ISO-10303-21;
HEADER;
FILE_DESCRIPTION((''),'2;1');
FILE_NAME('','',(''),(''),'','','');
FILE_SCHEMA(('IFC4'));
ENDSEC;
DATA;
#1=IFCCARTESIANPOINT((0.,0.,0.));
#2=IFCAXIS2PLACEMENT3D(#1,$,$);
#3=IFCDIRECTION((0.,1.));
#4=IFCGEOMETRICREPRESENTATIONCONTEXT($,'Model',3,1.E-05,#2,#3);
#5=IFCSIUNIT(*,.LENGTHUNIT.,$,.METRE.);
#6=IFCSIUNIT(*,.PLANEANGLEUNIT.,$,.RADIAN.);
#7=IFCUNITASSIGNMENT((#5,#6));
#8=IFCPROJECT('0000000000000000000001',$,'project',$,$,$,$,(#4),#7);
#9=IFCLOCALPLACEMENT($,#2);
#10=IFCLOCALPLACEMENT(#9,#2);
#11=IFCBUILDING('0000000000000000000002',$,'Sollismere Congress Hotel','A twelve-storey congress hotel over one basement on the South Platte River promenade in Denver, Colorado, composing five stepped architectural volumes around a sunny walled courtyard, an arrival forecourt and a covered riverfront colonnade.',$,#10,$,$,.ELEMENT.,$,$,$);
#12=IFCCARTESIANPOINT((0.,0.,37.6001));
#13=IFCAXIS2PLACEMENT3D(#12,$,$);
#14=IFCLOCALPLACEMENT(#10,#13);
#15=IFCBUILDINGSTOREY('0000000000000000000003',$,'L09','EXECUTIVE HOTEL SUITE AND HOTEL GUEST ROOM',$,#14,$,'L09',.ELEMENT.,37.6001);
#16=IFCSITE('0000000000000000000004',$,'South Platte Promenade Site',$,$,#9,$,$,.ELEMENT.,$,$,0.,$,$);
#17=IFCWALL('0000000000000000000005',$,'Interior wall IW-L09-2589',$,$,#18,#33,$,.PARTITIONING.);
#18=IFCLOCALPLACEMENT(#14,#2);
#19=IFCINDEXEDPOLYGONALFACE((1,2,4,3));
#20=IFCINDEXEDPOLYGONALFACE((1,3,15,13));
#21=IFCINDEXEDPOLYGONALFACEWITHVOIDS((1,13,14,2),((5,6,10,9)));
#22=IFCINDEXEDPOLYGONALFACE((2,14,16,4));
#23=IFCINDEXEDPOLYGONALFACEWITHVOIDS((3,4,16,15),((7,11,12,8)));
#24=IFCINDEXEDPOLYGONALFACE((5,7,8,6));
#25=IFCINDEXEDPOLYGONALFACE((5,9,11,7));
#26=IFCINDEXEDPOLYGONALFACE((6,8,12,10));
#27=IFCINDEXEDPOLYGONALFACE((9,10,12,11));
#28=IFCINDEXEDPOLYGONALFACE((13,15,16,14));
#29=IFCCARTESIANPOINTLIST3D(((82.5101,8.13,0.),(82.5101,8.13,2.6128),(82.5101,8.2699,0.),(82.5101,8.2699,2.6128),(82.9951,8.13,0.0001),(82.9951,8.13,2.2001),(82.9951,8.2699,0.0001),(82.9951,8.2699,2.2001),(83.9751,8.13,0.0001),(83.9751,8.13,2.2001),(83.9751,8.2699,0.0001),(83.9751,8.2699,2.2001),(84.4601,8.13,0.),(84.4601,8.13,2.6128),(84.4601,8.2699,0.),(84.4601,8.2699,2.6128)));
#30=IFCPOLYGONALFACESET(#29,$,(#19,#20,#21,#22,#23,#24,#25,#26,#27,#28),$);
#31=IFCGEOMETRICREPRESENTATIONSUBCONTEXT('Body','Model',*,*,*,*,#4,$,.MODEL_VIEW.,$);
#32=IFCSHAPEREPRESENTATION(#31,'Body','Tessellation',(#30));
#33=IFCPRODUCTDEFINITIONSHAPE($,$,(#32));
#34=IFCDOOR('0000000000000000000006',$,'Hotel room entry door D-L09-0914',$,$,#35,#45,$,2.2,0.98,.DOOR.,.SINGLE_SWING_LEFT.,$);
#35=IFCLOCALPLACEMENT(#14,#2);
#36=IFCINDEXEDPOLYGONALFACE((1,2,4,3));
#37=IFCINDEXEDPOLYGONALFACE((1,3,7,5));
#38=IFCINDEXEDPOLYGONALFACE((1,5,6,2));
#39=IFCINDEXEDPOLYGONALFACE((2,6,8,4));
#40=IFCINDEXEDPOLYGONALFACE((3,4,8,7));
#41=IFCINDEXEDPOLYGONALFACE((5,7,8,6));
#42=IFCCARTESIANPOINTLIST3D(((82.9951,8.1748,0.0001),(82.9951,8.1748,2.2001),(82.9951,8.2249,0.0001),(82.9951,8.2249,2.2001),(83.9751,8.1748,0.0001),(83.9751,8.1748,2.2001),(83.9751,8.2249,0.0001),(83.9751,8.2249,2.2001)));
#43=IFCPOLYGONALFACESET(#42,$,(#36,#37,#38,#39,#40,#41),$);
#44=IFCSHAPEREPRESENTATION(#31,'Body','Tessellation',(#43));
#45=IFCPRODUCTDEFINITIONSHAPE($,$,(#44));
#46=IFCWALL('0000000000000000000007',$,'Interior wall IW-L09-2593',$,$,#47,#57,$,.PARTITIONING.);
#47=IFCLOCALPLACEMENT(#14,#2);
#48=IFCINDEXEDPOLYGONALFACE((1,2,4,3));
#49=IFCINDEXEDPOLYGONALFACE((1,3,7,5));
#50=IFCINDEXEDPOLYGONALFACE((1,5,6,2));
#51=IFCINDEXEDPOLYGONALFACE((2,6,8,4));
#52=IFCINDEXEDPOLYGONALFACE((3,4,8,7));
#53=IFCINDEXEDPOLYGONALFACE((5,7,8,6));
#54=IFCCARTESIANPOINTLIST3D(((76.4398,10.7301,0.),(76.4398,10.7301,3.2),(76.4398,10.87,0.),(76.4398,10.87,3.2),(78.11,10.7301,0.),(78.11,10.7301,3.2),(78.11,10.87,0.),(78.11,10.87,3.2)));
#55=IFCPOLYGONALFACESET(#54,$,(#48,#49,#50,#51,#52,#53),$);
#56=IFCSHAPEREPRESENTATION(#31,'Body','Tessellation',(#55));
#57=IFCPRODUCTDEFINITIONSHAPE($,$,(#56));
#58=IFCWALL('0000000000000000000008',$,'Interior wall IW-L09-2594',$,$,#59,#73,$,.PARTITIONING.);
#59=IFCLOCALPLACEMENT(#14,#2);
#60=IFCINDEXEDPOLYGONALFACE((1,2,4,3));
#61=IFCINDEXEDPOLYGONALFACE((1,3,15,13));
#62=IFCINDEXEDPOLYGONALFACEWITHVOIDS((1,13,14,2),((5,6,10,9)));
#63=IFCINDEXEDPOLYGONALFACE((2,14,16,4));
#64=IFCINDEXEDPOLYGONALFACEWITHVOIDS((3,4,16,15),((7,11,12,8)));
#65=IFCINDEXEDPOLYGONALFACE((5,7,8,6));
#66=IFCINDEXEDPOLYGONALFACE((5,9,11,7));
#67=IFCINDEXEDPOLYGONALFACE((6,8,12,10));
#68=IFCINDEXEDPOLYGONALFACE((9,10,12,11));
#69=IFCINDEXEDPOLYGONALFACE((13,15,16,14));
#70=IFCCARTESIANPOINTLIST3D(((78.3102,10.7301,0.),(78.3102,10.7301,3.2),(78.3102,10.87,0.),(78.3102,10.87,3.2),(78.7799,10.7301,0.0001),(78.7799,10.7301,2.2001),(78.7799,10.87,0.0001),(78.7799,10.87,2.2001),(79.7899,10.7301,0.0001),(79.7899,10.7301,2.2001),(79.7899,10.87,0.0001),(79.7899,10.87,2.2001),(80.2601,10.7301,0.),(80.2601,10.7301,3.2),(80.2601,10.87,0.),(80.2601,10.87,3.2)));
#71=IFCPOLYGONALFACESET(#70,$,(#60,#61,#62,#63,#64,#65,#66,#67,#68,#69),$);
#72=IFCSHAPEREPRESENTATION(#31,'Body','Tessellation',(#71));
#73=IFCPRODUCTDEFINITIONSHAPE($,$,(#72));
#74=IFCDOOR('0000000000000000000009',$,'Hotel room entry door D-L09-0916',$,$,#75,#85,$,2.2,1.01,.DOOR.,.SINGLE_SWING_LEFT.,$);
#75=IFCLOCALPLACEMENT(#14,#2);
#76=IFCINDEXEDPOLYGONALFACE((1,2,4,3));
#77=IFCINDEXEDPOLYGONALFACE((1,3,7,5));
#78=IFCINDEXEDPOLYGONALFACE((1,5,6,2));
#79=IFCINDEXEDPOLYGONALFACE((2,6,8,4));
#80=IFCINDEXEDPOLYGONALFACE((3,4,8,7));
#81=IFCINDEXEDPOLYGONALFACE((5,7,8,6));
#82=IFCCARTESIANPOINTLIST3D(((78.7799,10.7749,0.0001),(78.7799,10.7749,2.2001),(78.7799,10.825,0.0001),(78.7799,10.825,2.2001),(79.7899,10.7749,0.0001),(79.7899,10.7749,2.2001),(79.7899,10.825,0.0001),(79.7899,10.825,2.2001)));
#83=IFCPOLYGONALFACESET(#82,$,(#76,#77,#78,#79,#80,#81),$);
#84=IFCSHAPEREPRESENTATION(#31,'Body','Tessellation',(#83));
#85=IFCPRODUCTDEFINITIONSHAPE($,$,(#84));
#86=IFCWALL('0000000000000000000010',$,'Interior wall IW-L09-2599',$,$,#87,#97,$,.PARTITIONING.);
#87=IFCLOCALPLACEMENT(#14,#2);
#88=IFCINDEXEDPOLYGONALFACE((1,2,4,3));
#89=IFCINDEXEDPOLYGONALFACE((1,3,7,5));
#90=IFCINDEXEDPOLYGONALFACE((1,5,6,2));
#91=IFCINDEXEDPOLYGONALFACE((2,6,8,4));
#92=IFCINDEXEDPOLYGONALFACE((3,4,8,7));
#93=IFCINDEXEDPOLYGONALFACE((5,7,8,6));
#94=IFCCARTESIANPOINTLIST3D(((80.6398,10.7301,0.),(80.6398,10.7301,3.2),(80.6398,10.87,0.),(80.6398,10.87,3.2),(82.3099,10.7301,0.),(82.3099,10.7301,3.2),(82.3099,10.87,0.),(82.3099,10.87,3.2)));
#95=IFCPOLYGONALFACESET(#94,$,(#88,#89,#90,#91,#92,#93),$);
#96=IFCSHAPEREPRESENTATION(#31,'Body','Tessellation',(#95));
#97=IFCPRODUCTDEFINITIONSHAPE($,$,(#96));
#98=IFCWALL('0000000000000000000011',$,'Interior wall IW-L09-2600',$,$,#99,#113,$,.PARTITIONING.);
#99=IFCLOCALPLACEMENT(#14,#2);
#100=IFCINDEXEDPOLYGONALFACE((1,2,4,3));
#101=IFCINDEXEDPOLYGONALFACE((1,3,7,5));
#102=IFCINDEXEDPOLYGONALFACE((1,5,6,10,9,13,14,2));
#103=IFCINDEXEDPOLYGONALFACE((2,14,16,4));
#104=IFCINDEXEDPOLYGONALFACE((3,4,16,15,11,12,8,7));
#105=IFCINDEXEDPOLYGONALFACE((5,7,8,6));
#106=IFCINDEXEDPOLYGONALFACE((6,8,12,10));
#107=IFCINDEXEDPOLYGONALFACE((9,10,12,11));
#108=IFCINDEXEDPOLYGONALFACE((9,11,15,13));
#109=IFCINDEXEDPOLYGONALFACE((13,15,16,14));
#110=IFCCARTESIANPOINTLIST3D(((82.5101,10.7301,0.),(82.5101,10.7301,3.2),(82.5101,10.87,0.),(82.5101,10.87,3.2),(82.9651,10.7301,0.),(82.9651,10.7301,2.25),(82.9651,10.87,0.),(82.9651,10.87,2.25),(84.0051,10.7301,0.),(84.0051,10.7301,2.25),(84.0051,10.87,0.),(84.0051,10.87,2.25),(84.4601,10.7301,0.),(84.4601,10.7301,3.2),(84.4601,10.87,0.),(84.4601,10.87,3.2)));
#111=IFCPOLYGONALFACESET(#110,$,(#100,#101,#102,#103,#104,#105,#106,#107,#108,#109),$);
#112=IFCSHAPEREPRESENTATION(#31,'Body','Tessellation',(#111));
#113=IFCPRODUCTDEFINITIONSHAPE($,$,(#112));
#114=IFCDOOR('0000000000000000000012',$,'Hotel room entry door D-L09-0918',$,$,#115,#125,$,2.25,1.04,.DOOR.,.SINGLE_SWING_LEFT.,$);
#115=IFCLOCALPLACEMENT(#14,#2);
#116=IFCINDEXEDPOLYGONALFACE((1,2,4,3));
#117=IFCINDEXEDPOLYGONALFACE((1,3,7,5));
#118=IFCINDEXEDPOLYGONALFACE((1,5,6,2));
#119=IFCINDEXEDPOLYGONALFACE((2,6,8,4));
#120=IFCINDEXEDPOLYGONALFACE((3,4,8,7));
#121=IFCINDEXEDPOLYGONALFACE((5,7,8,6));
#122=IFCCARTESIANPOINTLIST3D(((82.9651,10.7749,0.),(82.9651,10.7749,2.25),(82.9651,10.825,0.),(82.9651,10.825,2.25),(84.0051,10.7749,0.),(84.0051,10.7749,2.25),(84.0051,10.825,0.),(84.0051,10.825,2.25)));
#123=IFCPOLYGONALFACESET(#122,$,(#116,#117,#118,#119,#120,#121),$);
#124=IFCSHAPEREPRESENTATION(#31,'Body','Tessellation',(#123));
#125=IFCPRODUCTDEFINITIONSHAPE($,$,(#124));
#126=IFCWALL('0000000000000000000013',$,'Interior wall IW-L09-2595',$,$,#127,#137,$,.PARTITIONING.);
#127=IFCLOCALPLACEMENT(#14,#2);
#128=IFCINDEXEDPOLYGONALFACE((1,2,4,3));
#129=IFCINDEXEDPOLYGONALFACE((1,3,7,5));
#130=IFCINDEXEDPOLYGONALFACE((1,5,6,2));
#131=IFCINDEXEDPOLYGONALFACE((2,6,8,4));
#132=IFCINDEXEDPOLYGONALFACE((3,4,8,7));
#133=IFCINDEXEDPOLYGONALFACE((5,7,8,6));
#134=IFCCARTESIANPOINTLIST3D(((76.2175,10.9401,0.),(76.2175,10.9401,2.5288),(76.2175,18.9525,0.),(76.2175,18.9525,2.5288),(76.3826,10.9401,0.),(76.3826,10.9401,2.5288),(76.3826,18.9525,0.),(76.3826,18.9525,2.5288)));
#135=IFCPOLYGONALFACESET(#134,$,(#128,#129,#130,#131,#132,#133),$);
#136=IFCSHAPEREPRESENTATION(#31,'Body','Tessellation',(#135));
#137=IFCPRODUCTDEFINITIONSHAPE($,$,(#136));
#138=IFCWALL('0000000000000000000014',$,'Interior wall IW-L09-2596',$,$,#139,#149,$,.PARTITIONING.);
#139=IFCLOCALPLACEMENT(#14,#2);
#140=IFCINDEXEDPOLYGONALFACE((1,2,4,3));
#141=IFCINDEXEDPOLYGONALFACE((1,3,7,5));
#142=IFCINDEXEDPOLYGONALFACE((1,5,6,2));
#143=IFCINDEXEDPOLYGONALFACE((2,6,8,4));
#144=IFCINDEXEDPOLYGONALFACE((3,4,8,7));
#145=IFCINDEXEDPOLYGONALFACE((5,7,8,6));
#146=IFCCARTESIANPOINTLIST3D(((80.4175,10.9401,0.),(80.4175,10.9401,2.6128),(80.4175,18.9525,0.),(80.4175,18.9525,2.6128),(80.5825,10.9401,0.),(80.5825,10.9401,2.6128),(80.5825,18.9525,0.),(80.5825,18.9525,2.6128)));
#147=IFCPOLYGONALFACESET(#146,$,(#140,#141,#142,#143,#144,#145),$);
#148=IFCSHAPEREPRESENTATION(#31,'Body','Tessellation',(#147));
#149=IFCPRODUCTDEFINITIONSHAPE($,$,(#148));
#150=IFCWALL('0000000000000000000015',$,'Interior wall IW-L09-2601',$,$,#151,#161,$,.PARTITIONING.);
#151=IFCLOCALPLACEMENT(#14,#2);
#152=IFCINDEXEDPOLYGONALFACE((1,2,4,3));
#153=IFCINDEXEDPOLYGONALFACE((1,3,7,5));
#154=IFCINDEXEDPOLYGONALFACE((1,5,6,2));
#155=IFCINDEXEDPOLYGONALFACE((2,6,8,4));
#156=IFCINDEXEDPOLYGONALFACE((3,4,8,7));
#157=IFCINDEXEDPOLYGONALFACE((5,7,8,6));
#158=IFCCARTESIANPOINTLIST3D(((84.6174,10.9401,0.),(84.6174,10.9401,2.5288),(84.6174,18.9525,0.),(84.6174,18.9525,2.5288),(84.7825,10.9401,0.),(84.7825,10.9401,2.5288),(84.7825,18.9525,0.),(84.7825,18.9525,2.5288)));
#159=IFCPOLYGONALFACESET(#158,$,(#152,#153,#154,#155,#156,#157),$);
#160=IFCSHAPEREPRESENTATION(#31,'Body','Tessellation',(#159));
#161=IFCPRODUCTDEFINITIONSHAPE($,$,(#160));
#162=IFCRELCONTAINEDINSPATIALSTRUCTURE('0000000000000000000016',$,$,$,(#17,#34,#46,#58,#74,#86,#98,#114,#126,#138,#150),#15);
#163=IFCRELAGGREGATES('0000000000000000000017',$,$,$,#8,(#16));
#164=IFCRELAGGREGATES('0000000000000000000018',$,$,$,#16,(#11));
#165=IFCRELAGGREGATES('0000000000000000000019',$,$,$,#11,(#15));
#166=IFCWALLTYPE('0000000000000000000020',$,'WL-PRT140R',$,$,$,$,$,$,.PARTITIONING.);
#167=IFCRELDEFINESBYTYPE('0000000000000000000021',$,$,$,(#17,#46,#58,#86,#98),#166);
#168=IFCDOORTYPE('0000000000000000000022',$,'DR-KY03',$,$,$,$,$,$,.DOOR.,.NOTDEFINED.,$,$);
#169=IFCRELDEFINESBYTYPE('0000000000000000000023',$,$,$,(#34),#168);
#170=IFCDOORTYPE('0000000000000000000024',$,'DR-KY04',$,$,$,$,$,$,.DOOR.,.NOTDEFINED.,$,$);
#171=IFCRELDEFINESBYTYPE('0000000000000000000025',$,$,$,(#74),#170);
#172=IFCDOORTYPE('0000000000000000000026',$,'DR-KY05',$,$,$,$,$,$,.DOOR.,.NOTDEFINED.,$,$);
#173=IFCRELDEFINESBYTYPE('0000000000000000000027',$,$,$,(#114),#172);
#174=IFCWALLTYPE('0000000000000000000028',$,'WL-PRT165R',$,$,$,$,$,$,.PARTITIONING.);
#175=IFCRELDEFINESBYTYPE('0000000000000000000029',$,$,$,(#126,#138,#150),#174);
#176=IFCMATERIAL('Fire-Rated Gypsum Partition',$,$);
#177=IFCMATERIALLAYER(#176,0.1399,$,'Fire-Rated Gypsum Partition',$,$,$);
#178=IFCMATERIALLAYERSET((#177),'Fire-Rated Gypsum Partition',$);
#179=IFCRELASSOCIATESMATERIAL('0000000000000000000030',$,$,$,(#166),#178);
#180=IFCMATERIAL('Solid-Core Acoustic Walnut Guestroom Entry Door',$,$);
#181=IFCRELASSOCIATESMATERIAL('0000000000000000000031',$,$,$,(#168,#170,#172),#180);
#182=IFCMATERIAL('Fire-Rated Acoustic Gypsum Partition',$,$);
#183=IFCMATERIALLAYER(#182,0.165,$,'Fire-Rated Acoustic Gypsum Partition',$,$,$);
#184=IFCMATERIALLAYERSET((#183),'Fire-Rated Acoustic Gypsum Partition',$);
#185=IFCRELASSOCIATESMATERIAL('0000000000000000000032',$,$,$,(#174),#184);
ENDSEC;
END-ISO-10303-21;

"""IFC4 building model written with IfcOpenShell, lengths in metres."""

from ifc_helpers import new_model, si_unit, direction, frame, frame_2d, origin, place, context, subcontext, project, spatial, rectangle, extrude, material, layer, layer_set, type_object, element, fill, save


model = new_model("IFC4")

# Units and contexts
model_context = context("Model", 3, precision=1e-05, world=origin(), true_north=direction((0.0, 1.0)))
body_context = subcontext(model_context, "Body", "Model", "MODEL_VIEW")
ifc_project = project(units=[si_unit("LENGTHUNIT", "METRE"), si_unit("PLANEANGLEUNIT", "RADIAN")], contexts=[model_context])

# Site, building, storey
site_placement = place(None, origin())
site = spatial("IfcSite", under=ifc_project, at=site_placement, Name="South Platte Promenade Site", CompositionType="ELEMENT", RefElevation=0.0)
building_placement = place(site_placement, origin())
building = spatial("IfcBuilding", under=site, at=building_placement, Name="Sollismere Congress Hotel", Description="A twelve-storey congress hotel over one basement on the South Platte River promenade in Denver, Colorado, composing five stepped architectural volumes around a sunny walled courtyard, an arrival forecourt and a covered riverfront colonnade.", CompositionType="ELEMENT")
storey_placement = place(building_placement, frame((0.0, 0.0, 37.6001)))
storey = spatial("IfcBuildingStorey", under=building, at=storey_placement, Name="L09", Description="EXECUTIVE HOTEL SUITE AND HOTEL GUEST ROOM", LongName="L09", CompositionType="ELEMENT", Elevation=37.6001)

# Wall, opening, door
ifc_material_1 = material(Name="Fire-Rated Gypsum Partition")
ifc_layer_1 = layer(ifc_material_1, 0.1399, Name="Fire-Rated Gypsum Partition")
ifc_layer_set_1 = layer_set([ifc_layer_1], Name="Fire-Rated Gypsum Partition")
wall_type_1 = type_object("IfcWallType", Name="WL-PRT140R", PredefinedType="PARTITIONING", material=ifc_layer_set_1)
wall_1_placement = place(storey_placement, frame((82.51, 8.2, 0.0), z_axis=(0.0, 0.0, 1.0), x_axis=(1.0, 0.0, 0.0)))
wall_1 = element("IfcWall", 1, at=wall_1_placement, inside=storey, type_object=wall_type_1, Name="Interior wall IW-L09-2589", PredefinedType="PARTITIONING", context=body_context, shape_type="SweptSolid", body=[
    extrude(rectangle(XDim=1.95, YDim=0.1399, at=frame_2d((0.9751, 0.0))), origin(), (0.0, 0.0, 1.0), 2.6128),
])
opening_1_placement = place(wall_1_placement, frame((0.4851, 0.0, 0.0)))
opening_1 = element("IfcOpeningElement", 2, at=opening_1_placement, cuts=wall_1, PredefinedType="OPENING", context=body_context, shape_type="SweptSolid", body=[
    extrude(rectangle(XDim=0.98, YDim=2.2, at=frame_2d((0.49, 1.1001))), frame((0.0, 0.0798, 0.0), z_axis=(0.0, -1.0, 0.0), x_axis=(1.0, 0.0, 0.0)), (0.0, 0.0, 1.0), 0.1599),
])
ifc_material_2 = material(Name="Solid-Core Acoustic Walnut Guestroom Entry Door")
door_type_1 = type_object("IfcDoorType", Name="DR-KY03", OperationType="NOTDEFINED", PredefinedType="DOOR", material=ifc_material_2)
door_1_placement = place(opening_1_placement, origin())
door_1 = element("IfcDoor", 3, at=door_1_placement, inside=storey, type_object=door_type_1, Name="Hotel room entry door D-L09-0914", OperationType="SINGLE_SWING_LEFT", OverallHeight=2.2, OverallWidth=0.98, PredefinedType="DOOR", context=body_context, shape_type="SweptSolid", body=[
    extrude(rectangle(XDim=0.98, YDim=2.2, at=frame_2d((0.49, 1.1001))), frame((0.0, 0.0249, 0.0), z_axis=(0.0, -1.0, 0.0), x_axis=(1.0, 0.0, 0.0)), (0.0, 0.0, 1.0), 0.05),
])
fill(opening_1, door_1)

# Wall
wall_2_placement = place(storey_placement, frame((76.4399, 10.8, 0.0), z_axis=(0.0, 0.0, 1.0), x_axis=(1.0, 0.0, 0.0)))
element("IfcWall", 4, at=wall_2_placement, inside=storey, type_object=wall_type_1, Name="Interior wall IW-L09-2593", PredefinedType="PARTITIONING", context=body_context, shape_type="SweptSolid", body=[
    extrude(rectangle(XDim=1.6702, YDim=0.1399, at=frame_2d((0.835, 0.0))), origin(), (0.0, 0.0, 1.0), 3.2),
])

# Wall, opening, door
wall_3_placement = place(storey_placement, frame((78.3101, 10.8, 0.0), z_axis=(0.0, 0.0, 1.0), x_axis=(1.0, 0.0, 0.0)))
wall_3 = element("IfcWall", 5, at=wall_3_placement, inside=storey, type_object=wall_type_1, Name="Interior wall IW-L09-2594", PredefinedType="PARTITIONING", context=body_context, shape_type="SweptSolid", body=[
    extrude(rectangle(XDim=1.95, YDim=0.1399, at=frame_2d((0.9751, 0.0))), origin(), (0.0, 0.0, 1.0), 3.2),
])
opening_2_placement = place(wall_3_placement, frame((0.47, 0.0, 0.0)))
opening_2 = element("IfcOpeningElement", 6, at=opening_2_placement, cuts=wall_3, PredefinedType="OPENING", context=body_context, shape_type="SweptSolid", body=[
    extrude(rectangle(XDim=1.01, YDim=2.2, at=frame_2d((0.5049, 1.1001))), frame((0.0, 0.0798, 0.0), z_axis=(0.0, -1.0, 0.0), x_axis=(1.0, 0.0, 0.0)), (0.0, 0.0, 1.0), 0.1599),
])
door_type_2 = type_object("IfcDoorType", Name="DR-KY04", OperationType="NOTDEFINED", PredefinedType="DOOR", material=ifc_material_2)
door_2_placement = place(opening_2_placement, origin())
door_2 = element("IfcDoor", 7, at=door_2_placement, inside=storey, type_object=door_type_2, Name="Hotel room entry door D-L09-0916", OperationType="SINGLE_SWING_LEFT", OverallHeight=2.2, OverallWidth=1.01, PredefinedType="DOOR", context=body_context, shape_type="SweptSolid", body=[
    extrude(rectangle(XDim=1.01, YDim=2.2, at=frame_2d((0.5049, 1.1001))), frame((0.0, 0.0249, 0.0), z_axis=(0.0, -1.0, 0.0), x_axis=(1.0, 0.0, 0.0)), (0.0, 0.0, 1.0), 0.05),
])
fill(opening_2, door_2)

# Wall
wall_4_placement = place(storey_placement, frame((80.6399, 10.8, 0.0), z_axis=(0.0, 0.0, 1.0), x_axis=(1.0, 0.0, 0.0)))
element("IfcWall", 8, at=wall_4_placement, inside=storey, type_object=wall_type_1, Name="Interior wall IW-L09-2599", PredefinedType="PARTITIONING", context=body_context, shape_type="SweptSolid", body=[
    extrude(rectangle(XDim=1.6702, YDim=0.1399, at=frame_2d((0.835, 0.0))), origin(), (0.0, 0.0, 1.0), 3.2),
])

# Wall, opening, door
wall_5_placement = place(storey_placement, frame((82.51, 10.8, 0.0), z_axis=(0.0, 0.0, 1.0), x_axis=(1.0, 0.0, 0.0)))
wall_5 = element("IfcWall", 9, at=wall_5_placement, inside=storey, type_object=wall_type_1, Name="Interior wall IW-L09-2600", PredefinedType="PARTITIONING", context=body_context, shape_type="SweptSolid", body=[
    extrude(rectangle(XDim=1.95, YDim=0.1399, at=frame_2d((0.9751, 0.0))), origin(), (0.0, 0.0, 1.0), 3.2),
])
opening_3_placement = place(wall_5_placement, frame((0.4551, 0.0, 0.0)))
opening_3 = element("IfcOpeningElement", 10, at=opening_3_placement, cuts=wall_5, PredefinedType="OPENING", context=body_context, shape_type="SweptSolid", body=[
    extrude(rectangle(XDim=1.04, YDim=2.25, at=frame_2d((0.52, 1.125))), frame((0.0, 0.0798, 0.0), z_axis=(0.0, -1.0, 0.0), x_axis=(1.0, 0.0, 0.0)), (0.0, 0.0, 1.0), 0.1599),
])
door_type_3 = type_object("IfcDoorType", Name="DR-KY05", OperationType="NOTDEFINED", PredefinedType="DOOR", material=ifc_material_2)
door_3_placement = place(opening_3_placement, origin())
door_3 = element("IfcDoor", 11, at=door_3_placement, inside=storey, type_object=door_type_3, Name="Hotel room entry door D-L09-0918", OperationType="SINGLE_SWING_LEFT", OverallHeight=2.25, OverallWidth=1.04, PredefinedType="DOOR", context=body_context, shape_type="SweptSolid", body=[
    extrude(rectangle(XDim=1.04, YDim=2.25, at=frame_2d((0.52, 1.125))), frame((0.0, 0.0249, 0.0), z_axis=(0.0, -1.0, 0.0), x_axis=(1.0, 0.0, 0.0)), (0.0, 0.0, 1.0), 0.05),
])
fill(opening_3, door_3)

# Walls
ifc_material_3 = material(Name="Fire-Rated Acoustic Gypsum Partition")
ifc_layer_2 = layer(ifc_material_3, 0.165, Name="Fire-Rated Acoustic Gypsum Partition")
ifc_layer_set_2 = layer_set([ifc_layer_2], Name="Fire-Rated Acoustic Gypsum Partition")
wall_type_2 = type_object("IfcWallType", Name="WL-PRT165R", PredefinedType="PARTITIONING", material=ifc_layer_set_2)
wall_6_placement = place(storey_placement, frame((76.3, 10.9399, 0.0), z_axis=(0.0, 0.0, 1.0), x_axis=(0.0, 1.0, 0.0)))
element("IfcWall", 12, at=wall_6_placement, inside=storey, type_object=wall_type_2, Name="Interior wall IW-L09-2595", PredefinedType="PARTITIONING", context=body_context, shape_type="SweptSolid", body=[
    extrude(rectangle(XDim=8.0125, YDim=0.165, at=frame_2d((4.0063, 0.0))), origin(), (0.0, 0.0, 1.0), 2.5288),
])
wall_7_placement = place(storey_placement, frame((80.5, 10.9399, 0.0), z_axis=(0.0, 0.0, 1.0), x_axis=(0.0, 1.0, 0.0)))
element("IfcWall", 13, at=wall_7_placement, inside=storey, type_object=wall_type_2, Name="Interior wall IW-L09-2596", PredefinedType="PARTITIONING", context=body_context, shape_type="SweptSolid", body=[
    extrude(rectangle(XDim=8.0125, YDim=0.165, at=frame_2d((4.0063, 0.0))), origin(), (0.0, 0.0, 1.0), 2.6128),
])
wall_8_placement = place(storey_placement, frame((84.7, 10.9399, 0.0), z_axis=(0.0, 0.0, 1.0), x_axis=(0.0, 1.0, 0.0)))
element("IfcWall", 14, at=wall_8_placement, inside=storey, type_object=wall_type_2, Name="Interior wall IW-L09-2601", PredefinedType="PARTITIONING", context=body_context, shape_type="SweptSolid", body=[
    extrude(rectangle(XDim=8.0125, YDim=0.165, at=frame_2d((4.0063, 0.0))), origin(), (0.0, 0.0, 1.0), 2.5288),
])

save(model, "model.ifc")
